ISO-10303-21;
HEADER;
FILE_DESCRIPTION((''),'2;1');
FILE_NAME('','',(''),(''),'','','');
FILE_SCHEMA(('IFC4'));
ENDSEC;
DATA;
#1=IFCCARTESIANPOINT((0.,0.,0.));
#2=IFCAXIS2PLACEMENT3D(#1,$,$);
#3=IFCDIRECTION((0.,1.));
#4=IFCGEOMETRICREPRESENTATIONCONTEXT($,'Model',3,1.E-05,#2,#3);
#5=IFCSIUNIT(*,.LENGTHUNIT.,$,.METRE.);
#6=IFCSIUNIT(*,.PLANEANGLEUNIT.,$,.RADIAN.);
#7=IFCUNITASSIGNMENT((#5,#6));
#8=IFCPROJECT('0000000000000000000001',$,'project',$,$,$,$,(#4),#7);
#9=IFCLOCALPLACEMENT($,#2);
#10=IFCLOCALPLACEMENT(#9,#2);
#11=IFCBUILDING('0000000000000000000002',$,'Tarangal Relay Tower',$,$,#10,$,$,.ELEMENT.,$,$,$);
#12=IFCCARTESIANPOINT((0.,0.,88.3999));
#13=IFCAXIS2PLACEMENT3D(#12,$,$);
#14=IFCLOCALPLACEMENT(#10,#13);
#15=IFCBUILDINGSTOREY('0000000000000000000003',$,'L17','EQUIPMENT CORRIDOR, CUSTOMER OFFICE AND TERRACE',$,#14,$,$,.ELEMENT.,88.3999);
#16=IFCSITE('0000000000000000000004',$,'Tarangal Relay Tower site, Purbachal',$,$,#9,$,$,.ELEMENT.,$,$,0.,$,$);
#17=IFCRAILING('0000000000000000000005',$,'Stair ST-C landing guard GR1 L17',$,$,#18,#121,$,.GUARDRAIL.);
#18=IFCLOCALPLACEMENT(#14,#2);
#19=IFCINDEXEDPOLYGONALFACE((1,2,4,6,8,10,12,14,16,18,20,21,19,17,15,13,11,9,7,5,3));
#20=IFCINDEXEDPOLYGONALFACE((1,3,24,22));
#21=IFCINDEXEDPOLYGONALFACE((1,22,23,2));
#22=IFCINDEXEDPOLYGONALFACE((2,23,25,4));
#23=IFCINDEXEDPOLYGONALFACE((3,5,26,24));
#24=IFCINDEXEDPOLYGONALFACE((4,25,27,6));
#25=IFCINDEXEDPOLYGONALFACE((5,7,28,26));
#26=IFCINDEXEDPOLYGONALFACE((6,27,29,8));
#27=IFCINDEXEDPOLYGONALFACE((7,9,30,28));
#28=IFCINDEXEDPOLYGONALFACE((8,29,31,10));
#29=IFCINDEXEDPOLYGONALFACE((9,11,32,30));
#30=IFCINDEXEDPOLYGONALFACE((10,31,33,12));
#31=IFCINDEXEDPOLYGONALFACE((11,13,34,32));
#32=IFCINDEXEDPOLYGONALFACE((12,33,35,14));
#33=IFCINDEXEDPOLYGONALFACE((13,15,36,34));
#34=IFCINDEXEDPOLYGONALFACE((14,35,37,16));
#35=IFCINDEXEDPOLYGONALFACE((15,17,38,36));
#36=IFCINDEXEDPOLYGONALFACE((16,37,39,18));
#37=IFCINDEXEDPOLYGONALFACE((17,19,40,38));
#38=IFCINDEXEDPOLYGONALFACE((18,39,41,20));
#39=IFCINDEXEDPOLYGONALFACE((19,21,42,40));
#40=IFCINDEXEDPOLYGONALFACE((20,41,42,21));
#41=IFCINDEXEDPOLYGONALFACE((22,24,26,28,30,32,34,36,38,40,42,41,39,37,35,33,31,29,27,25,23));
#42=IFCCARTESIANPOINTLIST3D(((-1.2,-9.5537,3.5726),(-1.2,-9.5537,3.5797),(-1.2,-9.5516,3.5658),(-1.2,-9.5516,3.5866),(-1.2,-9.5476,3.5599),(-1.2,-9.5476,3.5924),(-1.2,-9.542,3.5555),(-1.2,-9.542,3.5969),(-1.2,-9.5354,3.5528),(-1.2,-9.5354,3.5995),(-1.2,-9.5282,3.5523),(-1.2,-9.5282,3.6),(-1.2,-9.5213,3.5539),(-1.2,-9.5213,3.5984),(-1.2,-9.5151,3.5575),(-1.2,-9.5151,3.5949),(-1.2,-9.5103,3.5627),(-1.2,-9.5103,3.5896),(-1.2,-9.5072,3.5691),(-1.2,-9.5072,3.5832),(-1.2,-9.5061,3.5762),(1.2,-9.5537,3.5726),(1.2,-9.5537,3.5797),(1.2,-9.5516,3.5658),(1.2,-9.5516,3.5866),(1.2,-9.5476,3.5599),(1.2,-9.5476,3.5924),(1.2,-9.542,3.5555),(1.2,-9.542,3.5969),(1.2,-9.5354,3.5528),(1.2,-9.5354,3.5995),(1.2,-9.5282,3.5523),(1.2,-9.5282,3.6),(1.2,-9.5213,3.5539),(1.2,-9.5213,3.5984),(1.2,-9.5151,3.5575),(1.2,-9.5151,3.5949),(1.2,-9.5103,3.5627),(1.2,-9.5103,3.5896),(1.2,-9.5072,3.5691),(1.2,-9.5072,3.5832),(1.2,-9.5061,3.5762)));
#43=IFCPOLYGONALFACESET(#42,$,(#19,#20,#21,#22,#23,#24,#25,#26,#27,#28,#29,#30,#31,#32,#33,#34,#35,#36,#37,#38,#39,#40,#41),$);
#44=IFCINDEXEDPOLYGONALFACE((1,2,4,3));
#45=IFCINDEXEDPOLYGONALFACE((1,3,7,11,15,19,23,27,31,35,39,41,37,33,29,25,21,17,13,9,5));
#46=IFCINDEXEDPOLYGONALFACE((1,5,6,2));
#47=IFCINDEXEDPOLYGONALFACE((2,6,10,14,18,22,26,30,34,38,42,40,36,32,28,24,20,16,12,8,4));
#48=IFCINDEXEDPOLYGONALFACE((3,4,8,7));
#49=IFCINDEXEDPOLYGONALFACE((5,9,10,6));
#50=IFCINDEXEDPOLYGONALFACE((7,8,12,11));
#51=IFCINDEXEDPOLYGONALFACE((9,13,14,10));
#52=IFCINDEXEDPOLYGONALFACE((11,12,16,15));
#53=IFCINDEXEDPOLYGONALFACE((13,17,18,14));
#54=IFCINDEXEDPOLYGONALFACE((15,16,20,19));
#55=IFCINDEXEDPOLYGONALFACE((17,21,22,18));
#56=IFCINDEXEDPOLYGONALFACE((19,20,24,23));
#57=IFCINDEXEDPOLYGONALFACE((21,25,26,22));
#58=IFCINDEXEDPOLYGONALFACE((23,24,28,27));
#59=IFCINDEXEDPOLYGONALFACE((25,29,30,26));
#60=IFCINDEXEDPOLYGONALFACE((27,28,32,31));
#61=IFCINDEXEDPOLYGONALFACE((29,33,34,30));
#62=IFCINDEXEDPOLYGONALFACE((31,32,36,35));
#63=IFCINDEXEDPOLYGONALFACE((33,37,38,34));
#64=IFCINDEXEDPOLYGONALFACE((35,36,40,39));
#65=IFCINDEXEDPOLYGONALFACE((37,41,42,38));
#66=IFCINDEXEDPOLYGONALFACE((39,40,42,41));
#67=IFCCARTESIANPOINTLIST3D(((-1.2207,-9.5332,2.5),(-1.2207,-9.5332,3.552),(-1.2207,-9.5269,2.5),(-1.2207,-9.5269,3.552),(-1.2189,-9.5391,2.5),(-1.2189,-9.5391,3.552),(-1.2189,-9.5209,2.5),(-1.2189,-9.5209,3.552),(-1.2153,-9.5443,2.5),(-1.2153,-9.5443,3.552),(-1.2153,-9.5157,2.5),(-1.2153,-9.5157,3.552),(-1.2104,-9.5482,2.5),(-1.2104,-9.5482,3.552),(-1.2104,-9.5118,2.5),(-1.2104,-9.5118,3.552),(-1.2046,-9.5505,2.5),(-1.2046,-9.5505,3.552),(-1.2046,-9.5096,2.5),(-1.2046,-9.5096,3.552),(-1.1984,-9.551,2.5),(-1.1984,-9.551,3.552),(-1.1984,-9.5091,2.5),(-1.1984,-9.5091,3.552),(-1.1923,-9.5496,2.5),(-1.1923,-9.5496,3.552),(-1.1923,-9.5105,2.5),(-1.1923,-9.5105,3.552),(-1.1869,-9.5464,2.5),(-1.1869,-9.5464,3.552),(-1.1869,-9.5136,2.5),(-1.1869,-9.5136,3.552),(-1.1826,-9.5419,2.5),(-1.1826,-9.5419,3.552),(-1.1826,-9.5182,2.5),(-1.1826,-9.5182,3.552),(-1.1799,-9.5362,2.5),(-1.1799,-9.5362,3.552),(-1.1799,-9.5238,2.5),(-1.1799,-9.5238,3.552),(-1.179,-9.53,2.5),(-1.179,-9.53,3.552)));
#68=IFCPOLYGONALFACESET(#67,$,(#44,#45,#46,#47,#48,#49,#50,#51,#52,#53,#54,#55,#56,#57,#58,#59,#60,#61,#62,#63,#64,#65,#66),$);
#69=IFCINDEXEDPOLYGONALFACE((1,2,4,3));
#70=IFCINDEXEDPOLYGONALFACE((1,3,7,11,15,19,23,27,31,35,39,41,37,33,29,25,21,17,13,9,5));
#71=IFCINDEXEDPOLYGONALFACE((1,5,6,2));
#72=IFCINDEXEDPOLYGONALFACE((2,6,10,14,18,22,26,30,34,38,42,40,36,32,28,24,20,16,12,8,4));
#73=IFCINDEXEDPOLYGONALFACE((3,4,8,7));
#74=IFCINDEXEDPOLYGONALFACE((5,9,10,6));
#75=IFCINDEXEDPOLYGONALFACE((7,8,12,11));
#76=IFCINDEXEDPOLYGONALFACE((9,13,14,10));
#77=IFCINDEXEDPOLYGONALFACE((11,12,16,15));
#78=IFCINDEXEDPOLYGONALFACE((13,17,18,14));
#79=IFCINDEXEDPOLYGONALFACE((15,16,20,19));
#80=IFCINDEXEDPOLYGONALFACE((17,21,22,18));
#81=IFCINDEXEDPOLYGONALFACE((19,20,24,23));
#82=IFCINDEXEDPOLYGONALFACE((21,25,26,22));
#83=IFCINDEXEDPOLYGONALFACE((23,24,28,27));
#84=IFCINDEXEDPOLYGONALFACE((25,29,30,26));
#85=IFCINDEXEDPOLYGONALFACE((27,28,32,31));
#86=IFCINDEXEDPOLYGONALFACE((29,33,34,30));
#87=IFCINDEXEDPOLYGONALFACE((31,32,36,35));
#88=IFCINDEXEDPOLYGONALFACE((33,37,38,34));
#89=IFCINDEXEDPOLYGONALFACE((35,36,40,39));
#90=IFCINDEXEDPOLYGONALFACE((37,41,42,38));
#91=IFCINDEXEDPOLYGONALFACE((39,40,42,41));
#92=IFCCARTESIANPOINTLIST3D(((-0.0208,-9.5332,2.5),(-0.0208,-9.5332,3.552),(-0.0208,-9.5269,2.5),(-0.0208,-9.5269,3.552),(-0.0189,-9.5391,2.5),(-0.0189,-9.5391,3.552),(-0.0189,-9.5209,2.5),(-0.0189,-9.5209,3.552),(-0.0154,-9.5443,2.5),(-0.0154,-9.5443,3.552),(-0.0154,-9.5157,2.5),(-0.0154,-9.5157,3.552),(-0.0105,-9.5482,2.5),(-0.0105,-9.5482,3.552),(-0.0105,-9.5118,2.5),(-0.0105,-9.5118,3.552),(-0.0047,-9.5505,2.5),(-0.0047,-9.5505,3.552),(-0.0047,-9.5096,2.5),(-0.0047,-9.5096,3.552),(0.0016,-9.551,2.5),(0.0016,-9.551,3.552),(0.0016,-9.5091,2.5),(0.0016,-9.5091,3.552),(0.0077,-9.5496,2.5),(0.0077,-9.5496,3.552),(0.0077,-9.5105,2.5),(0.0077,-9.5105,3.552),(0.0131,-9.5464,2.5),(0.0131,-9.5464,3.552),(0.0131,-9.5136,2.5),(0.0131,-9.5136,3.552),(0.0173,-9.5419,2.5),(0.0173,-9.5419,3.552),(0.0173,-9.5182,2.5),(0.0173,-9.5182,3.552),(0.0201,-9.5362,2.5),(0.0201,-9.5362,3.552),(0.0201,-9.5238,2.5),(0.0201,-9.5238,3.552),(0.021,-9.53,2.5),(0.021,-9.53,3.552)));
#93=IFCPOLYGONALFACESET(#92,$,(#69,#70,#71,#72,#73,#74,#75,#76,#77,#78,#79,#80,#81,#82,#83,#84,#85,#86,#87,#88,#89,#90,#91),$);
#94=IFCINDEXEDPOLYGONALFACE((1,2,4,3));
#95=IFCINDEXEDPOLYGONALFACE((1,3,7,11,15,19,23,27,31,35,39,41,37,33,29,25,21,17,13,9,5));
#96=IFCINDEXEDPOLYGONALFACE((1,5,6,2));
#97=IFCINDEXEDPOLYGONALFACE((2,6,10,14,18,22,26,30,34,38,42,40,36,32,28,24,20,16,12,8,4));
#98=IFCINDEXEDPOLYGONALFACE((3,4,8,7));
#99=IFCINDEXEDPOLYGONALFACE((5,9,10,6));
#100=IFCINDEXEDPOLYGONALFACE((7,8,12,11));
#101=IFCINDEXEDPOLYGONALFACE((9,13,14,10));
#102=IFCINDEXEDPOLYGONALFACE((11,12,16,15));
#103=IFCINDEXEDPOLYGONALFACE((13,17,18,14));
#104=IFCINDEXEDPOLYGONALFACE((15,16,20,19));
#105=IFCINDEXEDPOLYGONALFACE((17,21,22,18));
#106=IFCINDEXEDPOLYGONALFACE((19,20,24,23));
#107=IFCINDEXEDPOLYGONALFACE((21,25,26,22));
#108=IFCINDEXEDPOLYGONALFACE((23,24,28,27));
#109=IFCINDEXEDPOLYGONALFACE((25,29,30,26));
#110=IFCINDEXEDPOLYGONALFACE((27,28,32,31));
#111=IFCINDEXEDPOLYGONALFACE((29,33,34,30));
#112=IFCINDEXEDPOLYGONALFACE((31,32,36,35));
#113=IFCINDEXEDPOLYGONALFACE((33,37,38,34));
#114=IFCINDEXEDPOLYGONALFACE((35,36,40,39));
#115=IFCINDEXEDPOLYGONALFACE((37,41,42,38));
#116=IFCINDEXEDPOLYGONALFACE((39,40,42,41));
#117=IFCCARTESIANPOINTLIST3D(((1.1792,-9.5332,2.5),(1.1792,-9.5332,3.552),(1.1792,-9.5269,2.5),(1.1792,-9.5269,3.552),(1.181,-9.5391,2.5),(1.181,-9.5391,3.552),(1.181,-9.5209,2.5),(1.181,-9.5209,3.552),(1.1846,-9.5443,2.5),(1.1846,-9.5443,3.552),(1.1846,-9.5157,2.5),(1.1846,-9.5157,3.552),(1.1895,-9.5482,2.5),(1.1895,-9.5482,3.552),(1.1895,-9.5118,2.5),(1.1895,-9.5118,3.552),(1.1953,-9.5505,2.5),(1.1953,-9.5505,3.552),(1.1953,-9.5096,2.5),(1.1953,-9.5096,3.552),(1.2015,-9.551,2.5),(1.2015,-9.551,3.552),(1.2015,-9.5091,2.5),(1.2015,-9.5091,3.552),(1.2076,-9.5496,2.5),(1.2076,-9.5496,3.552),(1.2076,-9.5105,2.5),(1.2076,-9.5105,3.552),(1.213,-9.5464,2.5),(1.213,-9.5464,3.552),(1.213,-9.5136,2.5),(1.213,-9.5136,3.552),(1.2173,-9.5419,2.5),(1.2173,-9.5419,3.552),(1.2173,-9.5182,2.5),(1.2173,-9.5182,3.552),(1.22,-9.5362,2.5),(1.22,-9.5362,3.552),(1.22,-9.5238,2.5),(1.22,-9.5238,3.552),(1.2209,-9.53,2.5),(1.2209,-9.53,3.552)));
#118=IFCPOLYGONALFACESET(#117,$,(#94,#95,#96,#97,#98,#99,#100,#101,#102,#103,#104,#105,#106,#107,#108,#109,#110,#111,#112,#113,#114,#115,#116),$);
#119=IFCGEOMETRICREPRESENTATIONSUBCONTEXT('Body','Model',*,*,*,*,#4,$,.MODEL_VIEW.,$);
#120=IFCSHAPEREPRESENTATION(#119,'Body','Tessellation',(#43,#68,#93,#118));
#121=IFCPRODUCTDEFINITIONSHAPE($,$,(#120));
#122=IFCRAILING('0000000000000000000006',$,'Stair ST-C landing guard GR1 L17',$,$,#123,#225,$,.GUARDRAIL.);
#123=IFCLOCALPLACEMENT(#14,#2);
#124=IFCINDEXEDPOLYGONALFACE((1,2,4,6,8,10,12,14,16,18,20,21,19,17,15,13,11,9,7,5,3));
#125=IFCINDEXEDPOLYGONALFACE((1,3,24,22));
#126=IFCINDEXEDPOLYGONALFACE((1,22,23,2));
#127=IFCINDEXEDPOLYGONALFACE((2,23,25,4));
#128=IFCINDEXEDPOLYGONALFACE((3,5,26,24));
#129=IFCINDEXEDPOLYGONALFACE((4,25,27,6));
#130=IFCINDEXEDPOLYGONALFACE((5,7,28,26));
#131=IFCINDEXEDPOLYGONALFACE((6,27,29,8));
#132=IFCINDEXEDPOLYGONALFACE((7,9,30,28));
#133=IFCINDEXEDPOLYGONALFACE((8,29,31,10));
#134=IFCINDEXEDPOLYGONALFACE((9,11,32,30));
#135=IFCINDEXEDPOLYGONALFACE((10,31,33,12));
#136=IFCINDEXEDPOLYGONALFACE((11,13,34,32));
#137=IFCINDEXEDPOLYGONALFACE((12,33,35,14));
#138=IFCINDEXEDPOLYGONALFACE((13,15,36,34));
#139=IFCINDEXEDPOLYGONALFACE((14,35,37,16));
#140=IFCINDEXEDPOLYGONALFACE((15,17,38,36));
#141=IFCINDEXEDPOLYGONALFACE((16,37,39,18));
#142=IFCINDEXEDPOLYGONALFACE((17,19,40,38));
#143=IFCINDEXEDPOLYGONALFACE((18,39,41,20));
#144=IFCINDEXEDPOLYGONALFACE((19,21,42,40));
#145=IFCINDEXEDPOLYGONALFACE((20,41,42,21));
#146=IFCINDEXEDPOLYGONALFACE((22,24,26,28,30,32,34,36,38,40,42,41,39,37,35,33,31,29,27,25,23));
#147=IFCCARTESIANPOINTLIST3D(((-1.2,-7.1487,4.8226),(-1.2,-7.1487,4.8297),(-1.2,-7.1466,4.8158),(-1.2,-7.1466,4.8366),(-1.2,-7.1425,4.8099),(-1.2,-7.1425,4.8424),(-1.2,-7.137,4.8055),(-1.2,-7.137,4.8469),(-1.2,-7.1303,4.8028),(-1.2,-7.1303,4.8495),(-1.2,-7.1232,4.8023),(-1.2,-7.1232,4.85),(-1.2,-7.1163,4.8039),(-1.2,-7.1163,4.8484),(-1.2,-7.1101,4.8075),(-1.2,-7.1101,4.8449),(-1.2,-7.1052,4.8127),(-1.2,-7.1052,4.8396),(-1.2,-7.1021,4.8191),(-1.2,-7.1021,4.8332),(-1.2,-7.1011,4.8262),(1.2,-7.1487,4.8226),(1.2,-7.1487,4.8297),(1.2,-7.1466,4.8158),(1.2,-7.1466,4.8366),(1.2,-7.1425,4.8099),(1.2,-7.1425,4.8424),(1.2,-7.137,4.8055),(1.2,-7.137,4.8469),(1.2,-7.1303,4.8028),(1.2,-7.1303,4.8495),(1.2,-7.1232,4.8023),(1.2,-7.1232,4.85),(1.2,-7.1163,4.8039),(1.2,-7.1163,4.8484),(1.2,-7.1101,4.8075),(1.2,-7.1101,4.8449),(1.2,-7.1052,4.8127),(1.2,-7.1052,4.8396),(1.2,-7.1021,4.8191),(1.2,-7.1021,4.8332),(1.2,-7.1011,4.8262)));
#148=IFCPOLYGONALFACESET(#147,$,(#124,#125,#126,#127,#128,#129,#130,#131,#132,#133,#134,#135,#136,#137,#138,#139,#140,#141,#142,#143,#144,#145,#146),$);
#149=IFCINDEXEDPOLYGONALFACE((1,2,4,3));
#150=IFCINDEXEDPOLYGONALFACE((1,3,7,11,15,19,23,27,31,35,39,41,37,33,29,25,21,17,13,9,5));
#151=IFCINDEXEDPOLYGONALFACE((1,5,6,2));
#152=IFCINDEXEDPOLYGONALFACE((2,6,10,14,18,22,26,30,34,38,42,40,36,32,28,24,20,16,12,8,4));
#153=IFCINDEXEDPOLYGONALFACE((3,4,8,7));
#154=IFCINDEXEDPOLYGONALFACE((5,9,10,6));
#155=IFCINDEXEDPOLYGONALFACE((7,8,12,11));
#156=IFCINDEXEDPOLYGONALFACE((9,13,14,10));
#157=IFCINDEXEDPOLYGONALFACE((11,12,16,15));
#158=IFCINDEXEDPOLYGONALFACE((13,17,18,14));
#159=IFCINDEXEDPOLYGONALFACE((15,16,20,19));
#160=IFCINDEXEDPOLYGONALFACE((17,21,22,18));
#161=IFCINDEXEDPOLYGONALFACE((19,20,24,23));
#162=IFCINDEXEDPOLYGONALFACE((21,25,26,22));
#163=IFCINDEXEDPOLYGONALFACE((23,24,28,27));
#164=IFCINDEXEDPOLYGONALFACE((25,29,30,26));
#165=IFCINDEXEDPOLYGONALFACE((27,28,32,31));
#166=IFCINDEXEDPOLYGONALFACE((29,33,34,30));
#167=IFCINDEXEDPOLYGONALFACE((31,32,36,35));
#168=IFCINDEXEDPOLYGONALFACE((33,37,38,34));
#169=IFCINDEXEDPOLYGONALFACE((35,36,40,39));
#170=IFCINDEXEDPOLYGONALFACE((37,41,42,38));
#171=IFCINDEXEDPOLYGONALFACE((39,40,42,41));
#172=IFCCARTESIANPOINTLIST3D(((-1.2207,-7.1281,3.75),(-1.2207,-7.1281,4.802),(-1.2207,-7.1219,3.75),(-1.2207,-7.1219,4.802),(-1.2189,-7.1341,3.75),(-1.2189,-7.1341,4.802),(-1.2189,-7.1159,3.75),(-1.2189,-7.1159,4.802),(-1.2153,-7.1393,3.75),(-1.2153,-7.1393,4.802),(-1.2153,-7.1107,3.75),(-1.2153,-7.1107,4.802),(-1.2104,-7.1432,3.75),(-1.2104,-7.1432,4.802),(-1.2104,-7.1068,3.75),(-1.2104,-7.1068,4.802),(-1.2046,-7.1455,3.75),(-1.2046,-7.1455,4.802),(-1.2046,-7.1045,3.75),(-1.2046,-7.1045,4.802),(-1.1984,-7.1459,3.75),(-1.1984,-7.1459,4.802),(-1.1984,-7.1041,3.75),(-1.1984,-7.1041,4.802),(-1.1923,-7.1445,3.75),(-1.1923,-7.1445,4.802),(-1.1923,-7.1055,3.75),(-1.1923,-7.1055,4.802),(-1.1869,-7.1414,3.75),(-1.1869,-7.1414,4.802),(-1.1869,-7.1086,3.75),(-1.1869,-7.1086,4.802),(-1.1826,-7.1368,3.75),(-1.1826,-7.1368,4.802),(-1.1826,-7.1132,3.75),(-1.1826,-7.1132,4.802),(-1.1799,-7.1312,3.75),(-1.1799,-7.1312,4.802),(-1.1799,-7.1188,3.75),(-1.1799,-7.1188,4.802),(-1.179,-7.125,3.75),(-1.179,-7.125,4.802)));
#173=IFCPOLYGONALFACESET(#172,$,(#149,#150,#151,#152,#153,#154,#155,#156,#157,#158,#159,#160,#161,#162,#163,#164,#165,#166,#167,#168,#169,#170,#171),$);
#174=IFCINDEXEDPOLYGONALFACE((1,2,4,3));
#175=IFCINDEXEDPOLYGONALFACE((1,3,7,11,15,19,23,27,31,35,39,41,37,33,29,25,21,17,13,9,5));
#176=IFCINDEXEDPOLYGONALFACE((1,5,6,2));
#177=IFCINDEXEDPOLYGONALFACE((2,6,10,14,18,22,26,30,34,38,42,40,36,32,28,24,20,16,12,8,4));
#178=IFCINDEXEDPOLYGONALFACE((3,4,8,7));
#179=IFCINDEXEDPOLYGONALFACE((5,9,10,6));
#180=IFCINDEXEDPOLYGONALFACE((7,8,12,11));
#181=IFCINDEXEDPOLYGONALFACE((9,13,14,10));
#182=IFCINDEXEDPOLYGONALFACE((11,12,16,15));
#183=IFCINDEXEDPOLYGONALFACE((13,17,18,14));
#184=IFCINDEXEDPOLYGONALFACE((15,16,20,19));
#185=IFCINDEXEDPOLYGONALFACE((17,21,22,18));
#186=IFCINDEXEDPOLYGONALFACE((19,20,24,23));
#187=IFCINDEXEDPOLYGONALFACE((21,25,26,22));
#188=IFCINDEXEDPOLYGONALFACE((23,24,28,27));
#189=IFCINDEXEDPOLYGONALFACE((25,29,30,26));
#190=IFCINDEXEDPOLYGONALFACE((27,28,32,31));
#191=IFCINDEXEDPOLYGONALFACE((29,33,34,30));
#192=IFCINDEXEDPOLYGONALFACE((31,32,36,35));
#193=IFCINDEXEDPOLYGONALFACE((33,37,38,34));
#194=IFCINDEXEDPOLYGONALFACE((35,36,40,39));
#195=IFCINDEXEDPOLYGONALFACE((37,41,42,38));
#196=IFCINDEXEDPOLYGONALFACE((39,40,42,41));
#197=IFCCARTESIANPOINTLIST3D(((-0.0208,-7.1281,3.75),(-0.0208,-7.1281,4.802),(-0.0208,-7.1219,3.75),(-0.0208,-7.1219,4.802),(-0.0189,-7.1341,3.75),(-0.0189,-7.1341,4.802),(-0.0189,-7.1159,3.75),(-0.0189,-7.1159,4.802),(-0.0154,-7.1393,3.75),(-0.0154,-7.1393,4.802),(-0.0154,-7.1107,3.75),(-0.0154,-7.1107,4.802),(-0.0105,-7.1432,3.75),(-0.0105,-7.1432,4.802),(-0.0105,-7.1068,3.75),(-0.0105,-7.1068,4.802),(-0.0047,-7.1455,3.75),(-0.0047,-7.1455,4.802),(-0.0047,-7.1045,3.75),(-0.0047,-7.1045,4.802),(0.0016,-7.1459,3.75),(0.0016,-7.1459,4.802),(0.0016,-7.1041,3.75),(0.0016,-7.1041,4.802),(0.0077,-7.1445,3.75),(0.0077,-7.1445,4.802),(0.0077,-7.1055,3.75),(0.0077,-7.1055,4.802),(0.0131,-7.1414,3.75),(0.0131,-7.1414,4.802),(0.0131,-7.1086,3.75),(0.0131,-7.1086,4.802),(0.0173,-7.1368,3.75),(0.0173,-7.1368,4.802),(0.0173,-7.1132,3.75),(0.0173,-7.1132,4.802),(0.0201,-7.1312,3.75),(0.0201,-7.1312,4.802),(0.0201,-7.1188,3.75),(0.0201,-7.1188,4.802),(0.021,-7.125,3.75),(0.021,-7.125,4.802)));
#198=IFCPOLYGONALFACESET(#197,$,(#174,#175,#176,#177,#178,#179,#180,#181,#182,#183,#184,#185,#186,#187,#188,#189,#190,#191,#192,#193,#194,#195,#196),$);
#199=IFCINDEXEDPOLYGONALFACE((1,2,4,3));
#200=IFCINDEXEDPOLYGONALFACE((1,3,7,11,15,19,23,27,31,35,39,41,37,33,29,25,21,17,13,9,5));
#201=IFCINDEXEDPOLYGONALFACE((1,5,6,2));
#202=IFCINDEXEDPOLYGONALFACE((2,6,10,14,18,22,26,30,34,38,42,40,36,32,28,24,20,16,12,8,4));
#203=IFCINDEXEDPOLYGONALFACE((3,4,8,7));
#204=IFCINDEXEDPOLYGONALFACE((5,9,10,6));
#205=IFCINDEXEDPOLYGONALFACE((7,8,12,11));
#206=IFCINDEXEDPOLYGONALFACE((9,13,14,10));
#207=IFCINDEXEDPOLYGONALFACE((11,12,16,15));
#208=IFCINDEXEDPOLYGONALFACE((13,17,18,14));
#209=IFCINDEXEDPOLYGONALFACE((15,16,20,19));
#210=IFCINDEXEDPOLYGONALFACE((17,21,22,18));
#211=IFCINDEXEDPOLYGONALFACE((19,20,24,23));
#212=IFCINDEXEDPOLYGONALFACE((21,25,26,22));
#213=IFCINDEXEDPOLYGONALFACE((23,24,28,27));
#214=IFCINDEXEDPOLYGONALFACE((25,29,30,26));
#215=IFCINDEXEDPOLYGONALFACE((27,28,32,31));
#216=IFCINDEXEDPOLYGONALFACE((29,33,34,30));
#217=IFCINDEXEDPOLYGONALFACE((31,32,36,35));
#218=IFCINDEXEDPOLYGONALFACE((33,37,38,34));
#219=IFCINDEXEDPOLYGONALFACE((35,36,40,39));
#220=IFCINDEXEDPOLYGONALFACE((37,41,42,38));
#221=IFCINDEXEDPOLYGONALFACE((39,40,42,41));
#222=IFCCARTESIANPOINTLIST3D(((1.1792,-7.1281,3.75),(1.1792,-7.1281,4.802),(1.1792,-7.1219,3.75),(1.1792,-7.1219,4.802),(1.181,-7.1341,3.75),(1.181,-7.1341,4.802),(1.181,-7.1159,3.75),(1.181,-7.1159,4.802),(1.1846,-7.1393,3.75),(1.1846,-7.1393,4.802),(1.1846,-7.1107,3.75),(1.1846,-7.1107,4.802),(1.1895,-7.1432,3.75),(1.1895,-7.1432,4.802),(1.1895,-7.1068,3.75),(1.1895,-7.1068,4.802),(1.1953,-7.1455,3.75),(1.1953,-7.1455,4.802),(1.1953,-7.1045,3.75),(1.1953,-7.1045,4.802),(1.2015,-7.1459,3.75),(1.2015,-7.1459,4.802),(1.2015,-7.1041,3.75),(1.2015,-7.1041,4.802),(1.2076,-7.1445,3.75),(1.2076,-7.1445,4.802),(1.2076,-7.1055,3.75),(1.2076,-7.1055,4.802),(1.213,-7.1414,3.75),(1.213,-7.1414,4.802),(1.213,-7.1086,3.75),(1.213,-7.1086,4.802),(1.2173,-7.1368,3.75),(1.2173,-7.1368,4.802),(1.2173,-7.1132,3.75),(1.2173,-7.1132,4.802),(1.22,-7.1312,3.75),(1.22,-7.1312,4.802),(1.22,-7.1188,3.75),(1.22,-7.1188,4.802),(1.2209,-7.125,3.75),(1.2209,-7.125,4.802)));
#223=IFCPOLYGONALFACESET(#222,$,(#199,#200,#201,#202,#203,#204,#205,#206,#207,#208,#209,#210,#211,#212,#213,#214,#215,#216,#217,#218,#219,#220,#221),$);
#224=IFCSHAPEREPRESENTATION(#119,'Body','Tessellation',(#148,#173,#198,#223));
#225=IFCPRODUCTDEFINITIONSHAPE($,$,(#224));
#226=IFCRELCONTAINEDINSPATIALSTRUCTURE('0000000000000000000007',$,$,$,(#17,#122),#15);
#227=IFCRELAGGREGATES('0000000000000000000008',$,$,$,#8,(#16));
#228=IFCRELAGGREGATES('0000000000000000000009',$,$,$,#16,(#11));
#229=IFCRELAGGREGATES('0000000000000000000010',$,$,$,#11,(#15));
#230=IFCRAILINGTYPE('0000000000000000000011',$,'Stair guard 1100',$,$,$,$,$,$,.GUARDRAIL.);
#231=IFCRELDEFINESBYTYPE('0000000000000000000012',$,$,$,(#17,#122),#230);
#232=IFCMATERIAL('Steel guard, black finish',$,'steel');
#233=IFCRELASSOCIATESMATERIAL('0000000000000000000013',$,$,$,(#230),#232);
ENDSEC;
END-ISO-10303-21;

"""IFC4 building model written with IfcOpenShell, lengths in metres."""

from ifc_helpers import new_model, si_unit, direction, frame, origin, origin_2d, place, context, subcontext, project, spatial, circle, extrude, material, type_object, element, save


model = new_model("IFC4")

# Units and contexts
model_context = context("Model", 3, precision=1e-05, world=origin(), true_north=direction((0.0, 1.0)))
body_context = subcontext(model_context, "Body", "Model", "MODEL_VIEW")
ifc_project = project(units=[si_unit("LENGTHUNIT", "METRE"), si_unit("PLANEANGLEUNIT", "RADIAN")], contexts=[model_context])

# Site, building, storey
site_placement = place(None, origin())
site = spatial("IfcSite", under=ifc_project, at=site_placement, Name="Tarangal Relay Tower site, Purbachal", CompositionType="ELEMENT", RefElevation=0.0)
building_placement = place(site_placement, origin())
building = spatial("IfcBuilding", under=site, at=building_placement, Name="Tarangal Relay Tower", CompositionType="ELEMENT")
storey_placement = place(building_placement, frame((0.0, 0.0, 88.3999)))
storey = spatial("IfcBuildingStorey", under=building, at=storey_placement, Name="L17", Description="EQUIPMENT CORRIDOR, CUSTOMER OFFICE AND TERRACE", CompositionType="ELEMENT", Elevation=88.3999)

# Railings
ifc_material_1 = material(Name="Steel guard, black finish", Category="steel")
railing_type_1 = type_object("IfcRailingType", Name="Stair guard 1100", PredefinedType="GUARDRAIL", material=ifc_material_1)
for number, where, name in (
    (1, (-1.2, -9.53, 2.5), "Stair ST-C landing guard GR1 L17"),
    (2, (-1.2, -7.125, 3.75), "Stair ST-C landing guard GR1 L17"),
):
    element("IfcRailing", number, at=place(storey_placement, frame(where)), inside=storey, type_object=railing_type_1, Name=name, PredefinedType="GUARDRAIL", context=body_context, shape_type="SweptSolid", body=[
        extrude(circle(Radius=0.0239, at=origin_2d()), frame((0.0, 0.0, 1.0762), z_axis=(1.0, 0.0, 0.0), x_axis=(0.0, 1.0, 0.0)), (0.0, 0.0, 1.0), 2.3999),
        extrude(circle(Radius=0.021, at=origin_2d()), origin(), (0.0, 0.0, 1.0), 1.052),
        extrude(circle(Radius=0.021, at=origin_2d()), frame((1.2, 0.0, 0.0)), (0.0, 0.0, 1.0), 1.052),
        extrude(circle(Radius=0.021, at=origin_2d()), frame((2.3999, 0.0, 0.0)), (0.0, 0.0, 1.0), 1.052),
    ])

save(model, "model.ifc")
